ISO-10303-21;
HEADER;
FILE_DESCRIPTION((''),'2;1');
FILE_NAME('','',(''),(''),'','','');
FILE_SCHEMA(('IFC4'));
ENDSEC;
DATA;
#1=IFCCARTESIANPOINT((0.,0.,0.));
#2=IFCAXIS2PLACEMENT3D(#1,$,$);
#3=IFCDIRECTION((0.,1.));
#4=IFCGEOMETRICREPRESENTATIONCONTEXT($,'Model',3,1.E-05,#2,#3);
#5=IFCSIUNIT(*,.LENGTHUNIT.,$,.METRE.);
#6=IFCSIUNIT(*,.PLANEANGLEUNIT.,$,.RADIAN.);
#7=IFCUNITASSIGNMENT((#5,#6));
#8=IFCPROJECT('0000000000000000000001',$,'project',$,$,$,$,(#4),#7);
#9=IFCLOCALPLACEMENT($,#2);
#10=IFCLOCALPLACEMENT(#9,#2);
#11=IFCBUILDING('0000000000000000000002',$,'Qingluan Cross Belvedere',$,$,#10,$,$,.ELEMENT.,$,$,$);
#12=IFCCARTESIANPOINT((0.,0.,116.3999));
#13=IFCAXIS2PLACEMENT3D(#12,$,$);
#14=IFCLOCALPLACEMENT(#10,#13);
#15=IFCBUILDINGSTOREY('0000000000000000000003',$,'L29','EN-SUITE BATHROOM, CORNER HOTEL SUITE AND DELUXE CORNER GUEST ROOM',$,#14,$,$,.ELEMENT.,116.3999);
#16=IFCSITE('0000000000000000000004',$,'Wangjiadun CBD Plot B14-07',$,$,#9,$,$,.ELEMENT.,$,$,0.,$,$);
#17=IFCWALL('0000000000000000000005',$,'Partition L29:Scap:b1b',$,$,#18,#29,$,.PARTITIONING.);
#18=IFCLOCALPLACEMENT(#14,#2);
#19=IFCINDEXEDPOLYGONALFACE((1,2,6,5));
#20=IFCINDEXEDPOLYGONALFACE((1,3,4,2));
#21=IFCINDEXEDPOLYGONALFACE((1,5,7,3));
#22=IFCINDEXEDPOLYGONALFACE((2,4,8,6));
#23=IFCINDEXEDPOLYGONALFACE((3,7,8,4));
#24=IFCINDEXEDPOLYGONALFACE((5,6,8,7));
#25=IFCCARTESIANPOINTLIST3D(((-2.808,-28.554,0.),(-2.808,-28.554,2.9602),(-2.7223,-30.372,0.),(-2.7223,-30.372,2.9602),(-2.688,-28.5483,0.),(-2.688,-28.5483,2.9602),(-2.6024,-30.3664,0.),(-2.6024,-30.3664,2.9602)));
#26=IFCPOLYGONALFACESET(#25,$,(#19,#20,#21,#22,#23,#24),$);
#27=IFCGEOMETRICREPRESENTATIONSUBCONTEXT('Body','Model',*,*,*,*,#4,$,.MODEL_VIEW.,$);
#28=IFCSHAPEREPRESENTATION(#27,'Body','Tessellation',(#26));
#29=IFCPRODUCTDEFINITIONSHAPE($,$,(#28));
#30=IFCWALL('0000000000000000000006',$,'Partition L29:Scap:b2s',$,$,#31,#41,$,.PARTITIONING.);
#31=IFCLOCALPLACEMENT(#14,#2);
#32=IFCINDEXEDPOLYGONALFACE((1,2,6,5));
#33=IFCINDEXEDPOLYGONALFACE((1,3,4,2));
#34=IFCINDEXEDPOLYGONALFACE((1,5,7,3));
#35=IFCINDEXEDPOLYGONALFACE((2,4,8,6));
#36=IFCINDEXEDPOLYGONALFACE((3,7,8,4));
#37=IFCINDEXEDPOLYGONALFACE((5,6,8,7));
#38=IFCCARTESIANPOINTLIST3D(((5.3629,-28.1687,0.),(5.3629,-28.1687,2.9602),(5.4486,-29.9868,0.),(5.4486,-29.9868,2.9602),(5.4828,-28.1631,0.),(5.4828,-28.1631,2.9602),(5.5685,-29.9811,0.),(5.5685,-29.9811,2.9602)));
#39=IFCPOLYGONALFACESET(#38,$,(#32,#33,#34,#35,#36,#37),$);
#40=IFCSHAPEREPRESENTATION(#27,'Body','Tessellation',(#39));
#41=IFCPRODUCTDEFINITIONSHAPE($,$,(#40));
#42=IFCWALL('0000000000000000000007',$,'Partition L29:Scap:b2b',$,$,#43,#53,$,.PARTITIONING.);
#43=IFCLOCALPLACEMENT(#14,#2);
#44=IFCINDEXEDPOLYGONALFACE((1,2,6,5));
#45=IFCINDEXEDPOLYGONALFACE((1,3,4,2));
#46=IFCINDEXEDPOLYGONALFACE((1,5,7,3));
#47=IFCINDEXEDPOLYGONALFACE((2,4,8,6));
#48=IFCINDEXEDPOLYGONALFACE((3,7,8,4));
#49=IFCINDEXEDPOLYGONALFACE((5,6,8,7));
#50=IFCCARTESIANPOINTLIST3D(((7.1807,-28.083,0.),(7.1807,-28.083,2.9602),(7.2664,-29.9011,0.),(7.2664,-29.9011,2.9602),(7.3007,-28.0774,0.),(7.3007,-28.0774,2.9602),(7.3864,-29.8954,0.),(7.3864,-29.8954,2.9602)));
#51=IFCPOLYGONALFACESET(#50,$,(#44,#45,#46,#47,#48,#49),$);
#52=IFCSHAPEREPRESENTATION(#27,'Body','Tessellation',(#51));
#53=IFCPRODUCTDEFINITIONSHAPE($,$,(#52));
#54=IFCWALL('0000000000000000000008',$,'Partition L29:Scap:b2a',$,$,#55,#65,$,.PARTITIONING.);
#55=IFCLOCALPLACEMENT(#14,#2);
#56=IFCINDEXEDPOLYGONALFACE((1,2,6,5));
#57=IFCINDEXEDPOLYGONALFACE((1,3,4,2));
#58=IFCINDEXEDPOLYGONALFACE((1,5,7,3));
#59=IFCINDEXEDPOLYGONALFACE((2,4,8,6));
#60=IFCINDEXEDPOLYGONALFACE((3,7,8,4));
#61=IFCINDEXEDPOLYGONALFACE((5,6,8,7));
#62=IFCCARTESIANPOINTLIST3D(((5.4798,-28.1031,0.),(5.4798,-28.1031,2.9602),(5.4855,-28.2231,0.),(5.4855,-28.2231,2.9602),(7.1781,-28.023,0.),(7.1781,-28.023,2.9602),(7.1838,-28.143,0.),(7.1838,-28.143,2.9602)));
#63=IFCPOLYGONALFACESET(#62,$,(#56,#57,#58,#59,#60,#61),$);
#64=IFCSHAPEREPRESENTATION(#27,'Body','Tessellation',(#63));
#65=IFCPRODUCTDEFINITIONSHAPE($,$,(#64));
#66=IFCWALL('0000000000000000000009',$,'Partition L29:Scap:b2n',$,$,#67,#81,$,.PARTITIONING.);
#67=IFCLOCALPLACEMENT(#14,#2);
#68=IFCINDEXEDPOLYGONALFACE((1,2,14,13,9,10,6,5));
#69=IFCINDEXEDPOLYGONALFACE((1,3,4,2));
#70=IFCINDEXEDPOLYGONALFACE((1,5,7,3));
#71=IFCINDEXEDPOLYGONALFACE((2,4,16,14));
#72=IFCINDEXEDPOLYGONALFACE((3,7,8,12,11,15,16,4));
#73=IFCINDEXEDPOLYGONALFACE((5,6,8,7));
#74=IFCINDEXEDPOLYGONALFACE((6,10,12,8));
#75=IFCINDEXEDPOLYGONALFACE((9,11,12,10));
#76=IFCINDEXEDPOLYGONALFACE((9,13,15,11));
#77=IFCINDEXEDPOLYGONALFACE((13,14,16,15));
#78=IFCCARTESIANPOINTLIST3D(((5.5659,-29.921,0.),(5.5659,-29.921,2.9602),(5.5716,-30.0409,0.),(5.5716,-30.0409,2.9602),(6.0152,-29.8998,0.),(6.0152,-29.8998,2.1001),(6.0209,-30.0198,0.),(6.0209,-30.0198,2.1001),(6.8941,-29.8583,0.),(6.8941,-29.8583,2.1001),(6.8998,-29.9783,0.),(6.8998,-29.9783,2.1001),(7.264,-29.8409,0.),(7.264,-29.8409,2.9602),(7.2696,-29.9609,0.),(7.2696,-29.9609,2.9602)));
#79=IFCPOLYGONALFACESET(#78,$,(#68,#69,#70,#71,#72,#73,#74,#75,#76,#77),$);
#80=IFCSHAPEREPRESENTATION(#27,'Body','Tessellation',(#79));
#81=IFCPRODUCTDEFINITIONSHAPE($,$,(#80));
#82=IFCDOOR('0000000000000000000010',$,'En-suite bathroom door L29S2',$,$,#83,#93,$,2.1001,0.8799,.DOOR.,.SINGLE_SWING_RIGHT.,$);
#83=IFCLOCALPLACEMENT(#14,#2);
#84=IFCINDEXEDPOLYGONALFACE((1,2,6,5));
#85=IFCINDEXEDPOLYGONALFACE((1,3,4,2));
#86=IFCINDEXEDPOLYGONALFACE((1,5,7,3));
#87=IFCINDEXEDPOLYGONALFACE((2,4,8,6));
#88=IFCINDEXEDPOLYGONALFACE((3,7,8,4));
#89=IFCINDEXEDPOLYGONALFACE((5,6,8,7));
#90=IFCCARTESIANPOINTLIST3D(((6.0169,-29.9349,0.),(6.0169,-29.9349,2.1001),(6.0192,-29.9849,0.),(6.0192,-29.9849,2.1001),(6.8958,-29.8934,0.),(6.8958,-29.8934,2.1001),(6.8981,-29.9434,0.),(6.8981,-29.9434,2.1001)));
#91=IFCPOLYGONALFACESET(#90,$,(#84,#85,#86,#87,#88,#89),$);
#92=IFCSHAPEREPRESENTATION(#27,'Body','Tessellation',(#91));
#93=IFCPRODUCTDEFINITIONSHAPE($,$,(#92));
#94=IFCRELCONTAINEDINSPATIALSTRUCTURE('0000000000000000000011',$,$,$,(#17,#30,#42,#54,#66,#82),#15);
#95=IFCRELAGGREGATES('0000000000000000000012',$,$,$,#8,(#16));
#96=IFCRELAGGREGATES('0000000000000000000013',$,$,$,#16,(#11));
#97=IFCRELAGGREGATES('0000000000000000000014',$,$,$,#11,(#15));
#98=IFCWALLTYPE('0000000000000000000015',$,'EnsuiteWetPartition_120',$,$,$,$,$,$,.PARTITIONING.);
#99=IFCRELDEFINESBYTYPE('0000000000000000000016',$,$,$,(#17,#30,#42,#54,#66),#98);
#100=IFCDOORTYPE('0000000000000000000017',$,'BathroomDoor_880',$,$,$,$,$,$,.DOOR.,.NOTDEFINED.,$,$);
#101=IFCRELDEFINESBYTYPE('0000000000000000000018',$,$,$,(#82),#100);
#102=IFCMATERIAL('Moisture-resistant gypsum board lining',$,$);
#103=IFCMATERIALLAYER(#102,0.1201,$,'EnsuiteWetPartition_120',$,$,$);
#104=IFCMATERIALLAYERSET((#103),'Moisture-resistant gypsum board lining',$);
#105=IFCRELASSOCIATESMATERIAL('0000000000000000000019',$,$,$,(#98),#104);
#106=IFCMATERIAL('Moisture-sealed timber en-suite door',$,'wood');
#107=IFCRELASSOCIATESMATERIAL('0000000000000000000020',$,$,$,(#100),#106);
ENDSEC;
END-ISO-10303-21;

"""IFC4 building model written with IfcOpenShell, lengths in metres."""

from ifc_helpers import new_model, si_unit, direction, frame, frame_2d, origin, place, context, subcontext, project, spatial, rectangle, extrude, material, layer, layer_set, type_object, element, fill, save


model = new_model("IFC4")

# Units and contexts
model_context = context("Model", 3, precision=1e-05, world=origin(), true_north=direction((0.0, 1.0)))
body_context = subcontext(model_context, "Body", "Model", "MODEL_VIEW")
ifc_project = project(units=[si_unit("LENGTHUNIT", "METRE"), si_unit("PLANEANGLEUNIT", "RADIAN")], contexts=[model_context])

# Site, building, storey
site_placement = place(None, origin())
site = spatial("IfcSite", under=ifc_project, at=site_placement, Name="Wangjiadun CBD Plot B14-07", CompositionType="ELEMENT", RefElevation=0.0)
building_placement = place(site_placement, origin())
building = spatial("IfcBuilding", under=site, at=building_placement, Name="Qingluan Cross Belvedere", CompositionType="ELEMENT")
storey_placement = place(building_placement, frame((0.0, 0.0, 116.3999)))
storey = spatial("IfcBuildingStorey", under=building, at=storey_placement, Name="L29", Description="EN-SUITE BATHROOM, CORNER HOTEL SUITE AND DELUXE CORNER GUEST ROOM", CompositionType="ELEMENT", Elevation=116.3999)

# Shared definitions
ifc_material_1 = material(Name="Moisture-resistant gypsum board lining")
ifc_layer_1 = layer(ifc_material_1, 0.1201, Name="EnsuiteWetPartition_120")
ifc_layer_set_1 = layer_set([ifc_layer_1], Name="Moisture-resistant gypsum board lining")
wall_type_1 = type_object("IfcWallType", Name="EnsuiteWetPartition_120", PredefinedType="PARTITIONING", material=ifc_layer_set_1)
ifc_material_2 = material(Name="Moisture-sealed timber en-suite door", Category="wood")
door_type_1 = type_object("IfcDoorType", Name="BathroomDoor_880", OperationType="NOTDEFINED", PredefinedType="DOOR", material=ifc_material_2)

# Walls
for number, where, z_axis, x_axis, name in (
    (1, (-2.748, -28.551, 0.0), (0.0, 0.0, 1.0), (0.047081, -0.998891, 0.0), "Partition L29:Scap:b1b"),
    (2, (5.4229, -28.1658, 0.0), (0.0, 0.0, 1.0), (0.047081, -0.998891, 0.0), "Partition L29:Scap:b2s"),
    (3, (7.2407, -28.0801, 0.0), (0.0, 0.0, 1.0), (0.047081, -0.998891, 0.0), "Partition L29:Scap:b2b"),
):
    element("IfcWall", number, at=place(storey_placement, frame(where, z_axis=z_axis, x_axis=x_axis)), inside=storey, type_object=wall_type_1, Name=name, PredefinedType="PARTITIONING", context=body_context, shape_type="SweptSolid", body=[
        extrude(rectangle(XDim=1.8201, YDim=0.1201, at=frame_2d((0.9102, 0.0))), origin(), (0.0, 0.0, 1.0), 2.9602),
    ])
wall_1_placement = place(storey_placement, frame((5.4827, -28.1631, 0.0), z_axis=(0.0, 0.0, 1.0), x_axis=(0.99889, 0.047101, 0.0)))
element("IfcWall", 4, at=wall_1_placement, inside=storey, type_object=wall_type_1, Name="Partition L29:Scap:b2a", PredefinedType="PARTITIONING", context=body_context, shape_type="SweptSolid", body=[
    extrude(rectangle(XDim=1.7002, YDim=0.1201, at=frame_2d((0.8501, 0.0))), origin(), (0.0, 0.0, 1.0), 2.9602),
])

# Wall, opening, door
wall_2_placement = place(storey_placement, frame((5.5686, -29.981, 0.0), z_axis=(0.0, 0.0, 1.0), x_axis=(0.99889, 0.047108, 0.0)))
wall_2 = element("IfcWall", 5, at=wall_2_placement, inside=storey, type_object=wall_type_1, Name="Partition L29:Scap:b2n", PredefinedType="PARTITIONING", context=body_context, shape_type="SweptSolid", body=[
    extrude(rectangle(XDim=1.7, YDim=0.1201, at=frame_2d((0.8501, 0.0))), origin(), (0.0, 0.0, 1.0), 2.9602),
])
opening_1_placement = place(wall_2_placement, frame((0.45, 0.0, 0.0)))
opening_1 = element("IfcOpeningElement", 6, at=opening_1_placement, cuts=wall_2, PredefinedType="OPENING", context=body_context, shape_type="SweptSolid", body=[
    extrude(rectangle(XDim=0.8799, YDim=2.1001, at=frame_2d((0.4399, 1.05))), frame((0.0, 0.0701, 0.0), z_axis=(0.0, -1.0, 0.0), x_axis=(1.0, 0.0, 0.0)), (0.0, 0.0, 1.0), 0.1401),
])
door_1_placement = place(opening_1_placement, origin())
door_1 = element("IfcDoor", 7, at=door_1_placement, inside=storey, type_object=door_type_1, Name="En-suite bathroom door L29S2", OperationType="SINGLE_SWING_RIGHT", OverallHeight=2.1001, OverallWidth=0.8799, PredefinedType="DOOR", context=body_context, shape_type="SweptSolid", body=[
    extrude(rectangle(XDim=0.8799, YDim=2.1001, at=frame_2d((0.4399, 1.05))), frame((0.0, 0.0249, 0.0), z_axis=(0.0, -1.0, 0.0), x_axis=(1.0, 0.0, 0.0)), (0.0, 0.0, 1.0), 0.05),
])
fill(opening_1, door_1)

save(model, "model.ifc")
